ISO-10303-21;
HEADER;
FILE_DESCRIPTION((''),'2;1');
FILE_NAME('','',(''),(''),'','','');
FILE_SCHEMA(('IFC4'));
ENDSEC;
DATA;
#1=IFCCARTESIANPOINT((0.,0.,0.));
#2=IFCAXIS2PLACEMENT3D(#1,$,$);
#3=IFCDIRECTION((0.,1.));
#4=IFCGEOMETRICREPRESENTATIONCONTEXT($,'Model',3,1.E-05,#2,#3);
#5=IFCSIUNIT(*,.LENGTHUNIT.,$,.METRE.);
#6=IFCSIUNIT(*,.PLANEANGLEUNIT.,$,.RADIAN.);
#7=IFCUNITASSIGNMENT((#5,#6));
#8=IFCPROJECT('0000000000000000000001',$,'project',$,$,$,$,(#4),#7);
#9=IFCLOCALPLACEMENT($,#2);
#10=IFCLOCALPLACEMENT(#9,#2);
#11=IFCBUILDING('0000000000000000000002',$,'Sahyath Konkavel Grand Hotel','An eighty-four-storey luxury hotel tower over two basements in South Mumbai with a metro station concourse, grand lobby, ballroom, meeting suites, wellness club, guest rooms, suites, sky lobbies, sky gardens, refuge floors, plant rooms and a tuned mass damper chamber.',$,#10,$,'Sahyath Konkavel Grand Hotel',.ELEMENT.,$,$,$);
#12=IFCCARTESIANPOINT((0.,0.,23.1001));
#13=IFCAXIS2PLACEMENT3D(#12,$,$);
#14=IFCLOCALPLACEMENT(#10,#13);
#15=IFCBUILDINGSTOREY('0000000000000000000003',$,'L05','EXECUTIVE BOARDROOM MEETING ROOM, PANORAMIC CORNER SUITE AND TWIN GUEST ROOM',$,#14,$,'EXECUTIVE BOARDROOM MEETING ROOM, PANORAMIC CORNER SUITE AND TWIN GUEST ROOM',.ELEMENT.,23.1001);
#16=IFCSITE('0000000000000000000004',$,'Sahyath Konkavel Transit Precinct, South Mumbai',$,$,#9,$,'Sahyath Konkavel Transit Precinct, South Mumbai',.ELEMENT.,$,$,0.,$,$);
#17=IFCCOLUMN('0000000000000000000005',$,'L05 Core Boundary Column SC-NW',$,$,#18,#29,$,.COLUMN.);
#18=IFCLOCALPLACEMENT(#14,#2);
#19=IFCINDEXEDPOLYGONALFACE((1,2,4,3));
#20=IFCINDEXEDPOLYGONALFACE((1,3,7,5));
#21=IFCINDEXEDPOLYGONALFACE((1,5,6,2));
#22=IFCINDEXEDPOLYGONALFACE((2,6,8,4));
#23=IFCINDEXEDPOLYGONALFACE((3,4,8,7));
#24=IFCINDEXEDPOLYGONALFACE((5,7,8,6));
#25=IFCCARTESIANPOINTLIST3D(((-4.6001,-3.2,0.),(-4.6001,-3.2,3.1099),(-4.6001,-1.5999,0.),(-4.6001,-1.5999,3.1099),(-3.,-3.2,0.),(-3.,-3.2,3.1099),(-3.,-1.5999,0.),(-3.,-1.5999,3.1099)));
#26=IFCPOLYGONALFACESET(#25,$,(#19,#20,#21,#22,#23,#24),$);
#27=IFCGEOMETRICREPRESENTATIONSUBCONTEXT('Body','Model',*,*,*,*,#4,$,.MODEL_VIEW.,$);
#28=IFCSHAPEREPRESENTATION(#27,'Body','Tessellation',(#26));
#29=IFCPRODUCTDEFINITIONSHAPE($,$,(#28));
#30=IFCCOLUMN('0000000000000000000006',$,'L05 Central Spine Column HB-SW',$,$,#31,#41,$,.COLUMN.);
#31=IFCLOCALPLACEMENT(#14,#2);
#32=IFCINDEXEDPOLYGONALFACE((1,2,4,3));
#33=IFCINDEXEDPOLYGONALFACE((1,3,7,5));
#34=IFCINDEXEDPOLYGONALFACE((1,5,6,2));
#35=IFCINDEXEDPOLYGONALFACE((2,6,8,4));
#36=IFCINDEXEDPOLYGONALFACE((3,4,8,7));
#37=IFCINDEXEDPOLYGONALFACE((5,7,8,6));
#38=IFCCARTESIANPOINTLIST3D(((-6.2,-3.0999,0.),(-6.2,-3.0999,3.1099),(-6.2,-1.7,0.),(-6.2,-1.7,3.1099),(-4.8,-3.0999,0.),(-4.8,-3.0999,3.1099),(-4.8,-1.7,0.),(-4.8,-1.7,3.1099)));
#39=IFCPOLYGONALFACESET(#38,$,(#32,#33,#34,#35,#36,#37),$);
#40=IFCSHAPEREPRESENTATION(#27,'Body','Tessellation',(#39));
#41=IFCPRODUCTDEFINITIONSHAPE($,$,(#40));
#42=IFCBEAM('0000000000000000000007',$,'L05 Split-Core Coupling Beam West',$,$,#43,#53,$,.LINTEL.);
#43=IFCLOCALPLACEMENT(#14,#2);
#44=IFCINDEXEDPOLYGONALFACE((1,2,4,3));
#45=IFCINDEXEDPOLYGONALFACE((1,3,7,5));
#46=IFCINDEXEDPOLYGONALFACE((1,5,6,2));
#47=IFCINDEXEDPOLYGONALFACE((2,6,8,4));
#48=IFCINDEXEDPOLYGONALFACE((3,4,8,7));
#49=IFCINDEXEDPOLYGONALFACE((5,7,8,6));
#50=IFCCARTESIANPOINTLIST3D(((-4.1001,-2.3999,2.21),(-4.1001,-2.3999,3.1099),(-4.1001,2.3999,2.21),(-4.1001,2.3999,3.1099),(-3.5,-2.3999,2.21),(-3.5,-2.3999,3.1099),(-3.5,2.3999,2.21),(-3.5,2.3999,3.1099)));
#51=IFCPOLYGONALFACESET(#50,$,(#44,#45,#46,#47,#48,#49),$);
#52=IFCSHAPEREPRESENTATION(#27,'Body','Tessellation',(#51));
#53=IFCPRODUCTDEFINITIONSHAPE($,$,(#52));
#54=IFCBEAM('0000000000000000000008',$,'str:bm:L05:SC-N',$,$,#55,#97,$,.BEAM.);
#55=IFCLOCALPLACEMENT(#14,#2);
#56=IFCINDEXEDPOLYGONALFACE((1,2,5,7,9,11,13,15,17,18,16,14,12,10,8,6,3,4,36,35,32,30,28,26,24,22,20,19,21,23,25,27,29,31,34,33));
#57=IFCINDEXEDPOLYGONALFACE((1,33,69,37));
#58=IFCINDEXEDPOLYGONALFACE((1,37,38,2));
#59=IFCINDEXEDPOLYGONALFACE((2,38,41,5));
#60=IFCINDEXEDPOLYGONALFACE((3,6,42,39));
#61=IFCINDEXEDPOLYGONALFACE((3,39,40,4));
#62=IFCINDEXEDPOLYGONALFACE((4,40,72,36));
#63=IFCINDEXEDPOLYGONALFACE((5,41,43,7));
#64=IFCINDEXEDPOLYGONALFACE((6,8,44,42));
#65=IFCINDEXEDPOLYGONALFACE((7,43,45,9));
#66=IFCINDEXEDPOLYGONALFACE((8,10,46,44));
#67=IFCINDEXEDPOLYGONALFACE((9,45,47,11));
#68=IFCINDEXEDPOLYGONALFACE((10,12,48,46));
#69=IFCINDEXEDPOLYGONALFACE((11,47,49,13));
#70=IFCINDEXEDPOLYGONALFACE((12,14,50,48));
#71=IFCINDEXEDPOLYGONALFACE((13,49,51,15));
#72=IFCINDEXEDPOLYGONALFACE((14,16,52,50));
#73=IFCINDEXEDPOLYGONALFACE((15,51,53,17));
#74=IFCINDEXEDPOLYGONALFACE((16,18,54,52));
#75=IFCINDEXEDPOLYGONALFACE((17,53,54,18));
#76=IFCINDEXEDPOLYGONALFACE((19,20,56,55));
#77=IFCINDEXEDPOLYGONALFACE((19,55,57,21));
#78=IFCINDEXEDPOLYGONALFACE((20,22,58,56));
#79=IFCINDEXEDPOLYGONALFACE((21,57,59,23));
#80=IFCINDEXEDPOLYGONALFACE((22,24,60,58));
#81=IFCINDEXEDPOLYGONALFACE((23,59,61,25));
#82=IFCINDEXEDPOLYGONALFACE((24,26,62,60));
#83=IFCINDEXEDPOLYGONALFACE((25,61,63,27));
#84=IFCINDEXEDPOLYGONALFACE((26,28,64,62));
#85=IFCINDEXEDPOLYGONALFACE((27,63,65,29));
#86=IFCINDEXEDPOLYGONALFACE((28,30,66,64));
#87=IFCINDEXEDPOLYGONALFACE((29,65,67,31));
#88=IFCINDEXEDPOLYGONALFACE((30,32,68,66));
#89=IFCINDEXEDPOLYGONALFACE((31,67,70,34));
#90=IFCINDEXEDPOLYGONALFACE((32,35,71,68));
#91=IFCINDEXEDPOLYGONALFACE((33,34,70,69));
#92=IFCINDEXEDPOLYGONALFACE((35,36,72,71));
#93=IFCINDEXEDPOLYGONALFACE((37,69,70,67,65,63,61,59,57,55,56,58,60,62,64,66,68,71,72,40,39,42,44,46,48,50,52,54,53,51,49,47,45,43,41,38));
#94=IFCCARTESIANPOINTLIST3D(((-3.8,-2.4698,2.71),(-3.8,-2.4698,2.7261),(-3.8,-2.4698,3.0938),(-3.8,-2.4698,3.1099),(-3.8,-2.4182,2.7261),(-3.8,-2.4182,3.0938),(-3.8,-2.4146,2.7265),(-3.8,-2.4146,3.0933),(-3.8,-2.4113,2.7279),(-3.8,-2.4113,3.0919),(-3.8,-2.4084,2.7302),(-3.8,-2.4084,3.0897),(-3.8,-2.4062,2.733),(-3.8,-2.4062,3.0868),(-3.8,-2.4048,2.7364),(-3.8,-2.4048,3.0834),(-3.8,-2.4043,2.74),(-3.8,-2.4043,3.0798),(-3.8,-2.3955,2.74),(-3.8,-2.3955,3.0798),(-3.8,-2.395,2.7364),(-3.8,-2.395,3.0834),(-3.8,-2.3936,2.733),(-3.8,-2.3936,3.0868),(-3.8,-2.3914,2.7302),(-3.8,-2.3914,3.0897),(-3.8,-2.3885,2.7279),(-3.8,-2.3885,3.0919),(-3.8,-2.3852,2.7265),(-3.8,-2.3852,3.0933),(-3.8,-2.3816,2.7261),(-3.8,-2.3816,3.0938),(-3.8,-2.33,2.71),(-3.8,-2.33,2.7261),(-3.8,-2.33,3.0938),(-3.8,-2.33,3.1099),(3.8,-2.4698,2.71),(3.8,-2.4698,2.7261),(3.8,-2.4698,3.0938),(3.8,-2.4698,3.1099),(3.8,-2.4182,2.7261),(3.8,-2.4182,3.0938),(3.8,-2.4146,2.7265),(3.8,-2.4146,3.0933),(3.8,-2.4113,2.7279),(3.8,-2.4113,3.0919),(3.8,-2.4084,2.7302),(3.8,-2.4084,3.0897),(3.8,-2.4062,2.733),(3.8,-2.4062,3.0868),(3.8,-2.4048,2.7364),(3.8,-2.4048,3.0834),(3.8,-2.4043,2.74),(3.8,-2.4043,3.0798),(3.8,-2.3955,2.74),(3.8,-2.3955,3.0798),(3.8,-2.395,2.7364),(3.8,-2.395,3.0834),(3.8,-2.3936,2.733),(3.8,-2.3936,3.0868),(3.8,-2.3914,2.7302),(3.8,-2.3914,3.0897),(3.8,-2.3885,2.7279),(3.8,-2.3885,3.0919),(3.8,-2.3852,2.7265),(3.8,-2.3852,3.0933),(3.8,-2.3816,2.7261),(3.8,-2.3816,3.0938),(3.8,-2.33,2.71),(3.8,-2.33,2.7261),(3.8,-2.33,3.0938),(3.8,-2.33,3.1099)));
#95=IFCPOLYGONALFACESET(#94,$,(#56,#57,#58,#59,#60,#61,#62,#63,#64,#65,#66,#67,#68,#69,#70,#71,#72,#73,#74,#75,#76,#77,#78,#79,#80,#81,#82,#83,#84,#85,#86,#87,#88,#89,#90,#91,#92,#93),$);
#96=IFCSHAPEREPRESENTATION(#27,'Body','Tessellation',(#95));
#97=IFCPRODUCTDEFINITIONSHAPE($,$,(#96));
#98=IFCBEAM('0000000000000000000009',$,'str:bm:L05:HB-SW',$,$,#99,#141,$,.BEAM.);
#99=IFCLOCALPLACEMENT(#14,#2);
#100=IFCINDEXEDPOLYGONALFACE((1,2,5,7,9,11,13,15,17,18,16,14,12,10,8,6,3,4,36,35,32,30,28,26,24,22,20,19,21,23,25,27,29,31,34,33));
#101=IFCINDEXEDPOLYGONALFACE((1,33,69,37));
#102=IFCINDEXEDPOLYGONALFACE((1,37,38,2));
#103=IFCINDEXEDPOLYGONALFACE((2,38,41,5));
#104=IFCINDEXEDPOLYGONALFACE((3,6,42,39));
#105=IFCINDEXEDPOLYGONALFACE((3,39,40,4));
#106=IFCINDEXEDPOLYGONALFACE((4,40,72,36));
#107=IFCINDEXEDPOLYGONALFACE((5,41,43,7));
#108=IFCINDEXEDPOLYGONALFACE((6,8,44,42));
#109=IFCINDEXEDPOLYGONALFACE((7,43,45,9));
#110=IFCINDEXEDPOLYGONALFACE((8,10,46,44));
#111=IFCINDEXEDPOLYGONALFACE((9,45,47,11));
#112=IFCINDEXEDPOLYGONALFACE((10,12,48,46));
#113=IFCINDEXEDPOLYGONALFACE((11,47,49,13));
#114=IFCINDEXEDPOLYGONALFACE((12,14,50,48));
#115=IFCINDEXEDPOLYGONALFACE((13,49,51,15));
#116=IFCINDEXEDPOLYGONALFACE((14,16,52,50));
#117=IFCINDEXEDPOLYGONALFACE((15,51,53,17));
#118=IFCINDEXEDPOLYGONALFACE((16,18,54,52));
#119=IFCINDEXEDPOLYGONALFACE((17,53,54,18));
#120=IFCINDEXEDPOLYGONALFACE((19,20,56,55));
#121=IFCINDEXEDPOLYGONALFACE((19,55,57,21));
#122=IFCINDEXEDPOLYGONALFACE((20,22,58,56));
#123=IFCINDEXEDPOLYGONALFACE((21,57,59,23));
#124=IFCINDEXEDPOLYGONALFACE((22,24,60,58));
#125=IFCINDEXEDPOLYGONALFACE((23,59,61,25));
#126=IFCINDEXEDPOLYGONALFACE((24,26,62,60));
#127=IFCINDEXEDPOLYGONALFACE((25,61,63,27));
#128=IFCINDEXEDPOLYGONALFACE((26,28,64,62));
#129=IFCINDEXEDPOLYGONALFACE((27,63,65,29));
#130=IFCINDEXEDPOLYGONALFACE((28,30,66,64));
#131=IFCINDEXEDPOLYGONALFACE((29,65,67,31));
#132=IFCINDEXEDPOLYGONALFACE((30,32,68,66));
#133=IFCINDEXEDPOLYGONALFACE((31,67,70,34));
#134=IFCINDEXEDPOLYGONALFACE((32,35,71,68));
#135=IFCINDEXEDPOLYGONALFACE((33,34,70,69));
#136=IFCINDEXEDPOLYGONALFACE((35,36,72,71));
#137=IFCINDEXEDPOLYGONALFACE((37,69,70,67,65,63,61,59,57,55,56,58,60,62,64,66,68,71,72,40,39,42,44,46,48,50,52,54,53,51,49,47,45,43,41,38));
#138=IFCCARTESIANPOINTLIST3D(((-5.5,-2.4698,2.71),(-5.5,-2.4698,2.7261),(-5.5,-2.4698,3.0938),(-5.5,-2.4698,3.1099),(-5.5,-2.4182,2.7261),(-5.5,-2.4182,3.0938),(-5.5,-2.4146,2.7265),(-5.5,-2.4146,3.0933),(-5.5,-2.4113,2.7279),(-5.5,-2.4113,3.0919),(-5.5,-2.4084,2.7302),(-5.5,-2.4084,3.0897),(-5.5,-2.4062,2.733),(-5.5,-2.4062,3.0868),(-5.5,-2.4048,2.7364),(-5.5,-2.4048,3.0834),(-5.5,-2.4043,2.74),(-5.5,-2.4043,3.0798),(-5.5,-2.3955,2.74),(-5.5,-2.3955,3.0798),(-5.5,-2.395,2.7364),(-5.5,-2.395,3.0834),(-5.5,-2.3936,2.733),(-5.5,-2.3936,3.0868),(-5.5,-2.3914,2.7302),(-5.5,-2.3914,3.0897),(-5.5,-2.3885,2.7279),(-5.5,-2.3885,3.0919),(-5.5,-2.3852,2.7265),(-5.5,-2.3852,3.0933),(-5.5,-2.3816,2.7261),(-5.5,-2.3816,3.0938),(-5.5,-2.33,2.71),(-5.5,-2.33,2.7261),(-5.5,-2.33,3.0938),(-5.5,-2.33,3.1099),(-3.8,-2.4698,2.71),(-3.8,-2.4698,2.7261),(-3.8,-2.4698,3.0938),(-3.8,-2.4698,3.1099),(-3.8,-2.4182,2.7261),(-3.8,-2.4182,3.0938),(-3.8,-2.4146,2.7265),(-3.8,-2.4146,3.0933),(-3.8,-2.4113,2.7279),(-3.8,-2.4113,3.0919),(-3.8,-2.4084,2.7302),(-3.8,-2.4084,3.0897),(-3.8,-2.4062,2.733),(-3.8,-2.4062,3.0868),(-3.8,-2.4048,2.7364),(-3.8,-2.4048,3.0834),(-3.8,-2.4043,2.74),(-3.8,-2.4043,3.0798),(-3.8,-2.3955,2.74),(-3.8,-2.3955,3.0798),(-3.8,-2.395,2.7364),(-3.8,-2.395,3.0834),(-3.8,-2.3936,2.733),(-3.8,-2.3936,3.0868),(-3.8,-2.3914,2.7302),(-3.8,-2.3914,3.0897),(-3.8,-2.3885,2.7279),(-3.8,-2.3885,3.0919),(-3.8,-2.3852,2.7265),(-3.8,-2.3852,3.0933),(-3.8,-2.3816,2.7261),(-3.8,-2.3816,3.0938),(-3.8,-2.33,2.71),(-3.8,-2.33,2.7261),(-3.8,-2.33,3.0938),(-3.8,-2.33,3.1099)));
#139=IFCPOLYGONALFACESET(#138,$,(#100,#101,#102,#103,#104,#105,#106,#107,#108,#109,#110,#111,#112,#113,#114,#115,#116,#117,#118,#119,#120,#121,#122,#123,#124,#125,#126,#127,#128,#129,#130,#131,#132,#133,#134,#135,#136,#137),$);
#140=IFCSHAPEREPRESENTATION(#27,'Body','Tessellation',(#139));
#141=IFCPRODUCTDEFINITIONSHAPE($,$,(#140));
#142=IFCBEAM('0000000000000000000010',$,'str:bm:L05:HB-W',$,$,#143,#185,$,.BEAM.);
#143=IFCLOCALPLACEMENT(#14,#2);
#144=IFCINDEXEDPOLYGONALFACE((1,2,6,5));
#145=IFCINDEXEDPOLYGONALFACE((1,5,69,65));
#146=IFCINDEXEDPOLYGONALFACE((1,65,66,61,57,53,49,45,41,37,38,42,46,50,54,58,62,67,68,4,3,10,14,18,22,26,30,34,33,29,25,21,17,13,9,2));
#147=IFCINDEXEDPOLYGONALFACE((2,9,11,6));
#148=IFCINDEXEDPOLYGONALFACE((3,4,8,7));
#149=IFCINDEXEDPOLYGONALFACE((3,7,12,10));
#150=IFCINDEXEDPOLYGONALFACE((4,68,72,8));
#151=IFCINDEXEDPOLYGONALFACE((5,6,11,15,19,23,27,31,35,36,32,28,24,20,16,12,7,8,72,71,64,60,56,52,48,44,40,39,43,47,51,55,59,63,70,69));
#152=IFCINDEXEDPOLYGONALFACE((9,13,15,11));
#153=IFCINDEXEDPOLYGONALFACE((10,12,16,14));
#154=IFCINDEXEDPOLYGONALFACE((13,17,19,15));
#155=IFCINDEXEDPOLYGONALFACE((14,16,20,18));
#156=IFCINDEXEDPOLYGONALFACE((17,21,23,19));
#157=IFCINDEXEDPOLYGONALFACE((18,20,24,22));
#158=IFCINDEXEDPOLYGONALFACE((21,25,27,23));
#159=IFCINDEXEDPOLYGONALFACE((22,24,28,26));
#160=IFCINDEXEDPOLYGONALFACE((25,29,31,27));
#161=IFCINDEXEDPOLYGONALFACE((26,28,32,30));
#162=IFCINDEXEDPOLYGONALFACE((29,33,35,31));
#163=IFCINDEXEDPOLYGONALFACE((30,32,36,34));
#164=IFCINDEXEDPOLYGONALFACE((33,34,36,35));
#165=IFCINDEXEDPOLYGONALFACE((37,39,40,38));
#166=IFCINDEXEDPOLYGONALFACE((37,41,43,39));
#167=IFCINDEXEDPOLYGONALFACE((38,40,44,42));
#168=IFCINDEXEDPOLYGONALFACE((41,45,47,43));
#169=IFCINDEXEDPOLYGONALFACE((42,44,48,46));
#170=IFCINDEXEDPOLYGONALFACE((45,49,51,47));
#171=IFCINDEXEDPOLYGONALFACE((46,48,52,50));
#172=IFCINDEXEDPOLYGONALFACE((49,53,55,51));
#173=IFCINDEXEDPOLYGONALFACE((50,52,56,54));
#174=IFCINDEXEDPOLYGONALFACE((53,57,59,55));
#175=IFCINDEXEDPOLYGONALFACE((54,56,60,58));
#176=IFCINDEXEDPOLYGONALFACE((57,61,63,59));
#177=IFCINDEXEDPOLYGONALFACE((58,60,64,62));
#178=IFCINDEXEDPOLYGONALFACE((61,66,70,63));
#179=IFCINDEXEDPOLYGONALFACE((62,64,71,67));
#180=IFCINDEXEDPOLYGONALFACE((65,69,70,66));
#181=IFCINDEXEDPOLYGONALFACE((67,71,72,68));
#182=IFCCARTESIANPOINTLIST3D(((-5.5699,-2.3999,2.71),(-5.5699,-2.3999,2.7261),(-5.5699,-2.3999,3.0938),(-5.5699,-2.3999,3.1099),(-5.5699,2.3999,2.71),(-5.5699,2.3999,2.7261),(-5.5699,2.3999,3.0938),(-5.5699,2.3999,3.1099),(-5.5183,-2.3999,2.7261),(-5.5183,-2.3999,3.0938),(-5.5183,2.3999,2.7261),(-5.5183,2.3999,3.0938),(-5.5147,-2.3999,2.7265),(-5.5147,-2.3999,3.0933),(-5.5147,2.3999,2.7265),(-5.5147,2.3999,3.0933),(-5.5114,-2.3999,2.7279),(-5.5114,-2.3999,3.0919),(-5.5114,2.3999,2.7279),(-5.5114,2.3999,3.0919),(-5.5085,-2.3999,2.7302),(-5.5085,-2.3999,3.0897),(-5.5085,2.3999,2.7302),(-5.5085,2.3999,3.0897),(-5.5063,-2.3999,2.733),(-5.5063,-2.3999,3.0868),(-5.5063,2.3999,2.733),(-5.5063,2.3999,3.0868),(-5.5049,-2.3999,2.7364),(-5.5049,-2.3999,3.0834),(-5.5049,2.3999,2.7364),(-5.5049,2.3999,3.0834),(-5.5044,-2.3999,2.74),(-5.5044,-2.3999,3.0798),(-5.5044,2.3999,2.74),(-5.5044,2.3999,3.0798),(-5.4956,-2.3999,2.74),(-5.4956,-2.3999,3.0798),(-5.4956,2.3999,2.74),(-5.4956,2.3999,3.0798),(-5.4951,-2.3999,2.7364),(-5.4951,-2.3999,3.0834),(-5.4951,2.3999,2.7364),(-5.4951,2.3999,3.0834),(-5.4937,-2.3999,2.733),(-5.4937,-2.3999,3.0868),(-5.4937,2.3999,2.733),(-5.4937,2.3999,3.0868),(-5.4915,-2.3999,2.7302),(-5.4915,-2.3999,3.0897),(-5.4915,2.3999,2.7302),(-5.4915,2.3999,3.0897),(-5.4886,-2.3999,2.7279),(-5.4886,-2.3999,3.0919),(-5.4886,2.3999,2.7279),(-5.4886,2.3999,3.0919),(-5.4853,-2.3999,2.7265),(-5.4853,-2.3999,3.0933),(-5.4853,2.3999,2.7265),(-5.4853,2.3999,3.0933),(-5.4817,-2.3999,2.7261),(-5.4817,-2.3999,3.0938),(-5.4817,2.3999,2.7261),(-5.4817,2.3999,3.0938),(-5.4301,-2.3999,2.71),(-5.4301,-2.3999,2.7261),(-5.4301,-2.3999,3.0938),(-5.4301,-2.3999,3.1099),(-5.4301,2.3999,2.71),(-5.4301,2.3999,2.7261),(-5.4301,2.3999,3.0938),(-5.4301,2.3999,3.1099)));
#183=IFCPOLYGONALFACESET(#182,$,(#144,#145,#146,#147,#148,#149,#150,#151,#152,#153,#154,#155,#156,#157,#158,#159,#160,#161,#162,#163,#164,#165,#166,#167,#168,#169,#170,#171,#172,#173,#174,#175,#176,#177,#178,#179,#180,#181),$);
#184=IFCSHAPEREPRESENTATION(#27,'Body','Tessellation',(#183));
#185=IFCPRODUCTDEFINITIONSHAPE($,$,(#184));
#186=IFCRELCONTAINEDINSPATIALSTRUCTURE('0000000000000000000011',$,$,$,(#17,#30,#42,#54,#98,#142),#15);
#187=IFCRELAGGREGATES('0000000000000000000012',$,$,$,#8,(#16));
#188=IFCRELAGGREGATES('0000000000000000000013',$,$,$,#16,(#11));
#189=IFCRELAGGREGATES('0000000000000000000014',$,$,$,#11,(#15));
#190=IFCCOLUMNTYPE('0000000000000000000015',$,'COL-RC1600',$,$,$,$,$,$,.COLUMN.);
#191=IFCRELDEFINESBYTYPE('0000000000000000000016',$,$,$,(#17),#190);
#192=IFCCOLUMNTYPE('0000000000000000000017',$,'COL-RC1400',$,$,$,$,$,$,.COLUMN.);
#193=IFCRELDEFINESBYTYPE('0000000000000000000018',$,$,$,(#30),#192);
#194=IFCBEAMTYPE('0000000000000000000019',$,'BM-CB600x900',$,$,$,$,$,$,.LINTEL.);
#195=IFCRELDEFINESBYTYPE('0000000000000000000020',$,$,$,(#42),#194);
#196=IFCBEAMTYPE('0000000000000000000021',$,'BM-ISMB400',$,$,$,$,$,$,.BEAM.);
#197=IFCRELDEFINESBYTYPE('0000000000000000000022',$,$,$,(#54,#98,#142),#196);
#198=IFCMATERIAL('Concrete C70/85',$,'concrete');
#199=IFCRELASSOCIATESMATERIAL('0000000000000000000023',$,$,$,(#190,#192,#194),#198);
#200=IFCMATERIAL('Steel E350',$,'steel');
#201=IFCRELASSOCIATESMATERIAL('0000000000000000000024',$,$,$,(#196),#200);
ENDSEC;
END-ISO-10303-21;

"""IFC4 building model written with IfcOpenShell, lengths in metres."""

from ifc_helpers import new_model, si_unit, direction, frame, origin, origin_2d, place, context, subcontext, project, spatial, rectangle, i_section, extrude, source, transform, mapped, material, material_profile, profile_set, type_object, element, save


model = new_model("IFC4")

# Units and contexts
model_context = context("Model", 3, precision=1e-05, world=origin(), true_north=direction((0.0, 1.0)))
body_context = subcontext(model_context, "Body", "Model", "MODEL_VIEW")
ifc_project = project(units=[si_unit("LENGTHUNIT", "METRE"), si_unit("PLANEANGLEUNIT", "RADIAN")], contexts=[model_context])

# Site, building, storey
site_placement = place(None, origin())
site = spatial("IfcSite", under=ifc_project, at=site_placement, Name="Sahyath Konkavel Transit Precinct, South Mumbai", LongName="Sahyath Konkavel Transit Precinct, South Mumbai", CompositionType="ELEMENT", RefElevation=0.0)
building_placement = place(site_placement, origin())
building = spatial("IfcBuilding", under=site, at=building_placement, Name="Sahyath Konkavel Grand Hotel", Description="An eighty-four-storey luxury hotel tower over two basements in South Mumbai with a metro station concourse, grand lobby, ballroom, meeting suites, wellness club, guest rooms, suites, sky lobbies, sky gardens, refuge floors, plant rooms and a tuned mass damper chamber.", LongName="Sahyath Konkavel Grand Hotel", CompositionType="ELEMENT")
storey_placement = place(building_placement, frame((0.0, 0.0, 23.1001)))
storey = spatial("IfcBuildingStorey", under=building, at=storey_placement, Name="L05", Description="EXECUTIVE BOARDROOM MEETING ROOM, PANORAMIC CORNER SUITE AND TWIN GUEST ROOM", LongName="EXECUTIVE BOARDROOM MEETING ROOM, PANORAMIC CORNER SUITE AND TWIN GUEST ROOM", CompositionType="ELEMENT", Elevation=23.1001)

# Columns
ifc_material_1 = material(Name="Concrete C70/85", Category="concrete")
ifc_material_profile_1 = material_profile(ifc_material_1, rectangle(XDim=1.6001, YDim=1.6001, at=origin_2d()), Name="RC 1600x1600")
ifc_profile_set_1 = profile_set([ifc_material_profile_1], Name="Concrete C70/85")
column_type_1 = type_object("IfcColumnType", Name="COL-RC1600", PredefinedType="COLUMN", material=ifc_profile_set_1)
shared_shape_1 = source(origin(), body_context, "Body", "SweptSolid", [
    extrude(rectangle(XDim=1.6001, YDim=1.6001, at=origin_2d()), origin(), (0.0, 0.0, 1.0), 3.1099),
])
column_1_placement = place(storey_placement, frame((-3.8, -2.3999, 0.0), z_axis=(0.0, 0.0, 1.0), x_axis=(1.0, 0.0, 0.0)))
element("IfcColumn", 1, at=column_1_placement, inside=storey, type_object=column_type_1, Name="L05 Core Boundary Column SC-NW", PredefinedType="COLUMN", context=body_context, shape_type="MappedRepresentation", body=[
    mapped(shared_shape_1, transform((0.0, 0.0, 0.0), scale=1.0)),
])
ifc_material_profile_2 = material_profile(ifc_material_1, rectangle(XDim=1.3999, YDim=1.3999, at=origin_2d()), Name="RC 1400x1400")
ifc_profile_set_2 = profile_set([ifc_material_profile_2], Name="Concrete C70/85")
column_type_2 = type_object("IfcColumnType", Name="COL-RC1400", PredefinedType="COLUMN", material=ifc_profile_set_2)
shared_shape_2 = source(origin(), body_context, "Body", "SweptSolid", [
    extrude(rectangle(XDim=1.3999, YDim=1.3999, at=origin_2d()), origin(), (0.0, 0.0, 1.0), 3.1099),
])
column_2_placement = place(storey_placement, frame((-5.5, -2.3999, 0.0), z_axis=(0.0, 0.0, 1.0), x_axis=(1.0, 0.0, 0.0)))
element("IfcColumn", 2, at=column_2_placement, inside=storey, type_object=column_type_2, Name="L05 Central Spine Column HB-SW", PredefinedType="COLUMN", context=body_context, shape_type="MappedRepresentation", body=[
    mapped(shared_shape_2, transform((0.0, 0.0, 0.0), scale=1.0)),
])

# Beams
ifc_material_profile_3 = material_profile(ifc_material_1, rectangle(XDim=0.6001, YDim=0.8999, at=origin_2d()), Name="RC 600x900")
ifc_profile_set_3 = profile_set([ifc_material_profile_3], Name="Concrete C70/85")
beam_type_1 = type_object("IfcBeamType", Name="BM-CB600x900", PredefinedType="LINTEL", material=ifc_profile_set_3)
shared_shape_3 = source(origin(), body_context, "Body", "SweptSolid", [
    extrude(rectangle(XDim=0.6001, YDim=0.8999, at=origin_2d()), origin(), (0.0, 0.0, 1.0), 4.7998),
])
beam_1_placement = place(storey_placement, frame((-3.8, -2.3999, 2.6599), z_axis=(0.0, 1.0, 0.0), x_axis=(-1.0, 0.0, 0.0)))
element("IfcBeam", 3, at=beam_1_placement, inside=storey, type_object=beam_type_1, Name="L05 Split-Core Coupling Beam West", PredefinedType="LINTEL", context=body_context, shape_type="MappedRepresentation", body=[
    mapped(shared_shape_3, transform((0.0, 0.0, 0.0), scale=1.0)),
])
ifc_material_2 = material(Name="Steel E350", Category="steel")
ifc_material_profile_4 = material_profile(ifc_material_2, i_section(OverallWidth=0.1399, OverallDepth=0.3999, WebThickness=0.0088, FlangeThickness=0.0161, FilletRadius=0.0139, at=origin_2d()), Name="ISMB 400")
ifc_profile_set_4 = profile_set([ifc_material_profile_4], Name="Steel E350")
beam_type_2 = type_object("IfcBeamType", Name="BM-ISMB400", PredefinedType="BEAM", material=ifc_profile_set_4)
shared_shape_4 = source(origin(), body_context, "Body", "SweptSolid", [
    extrude(i_section(OverallWidth=0.1399, OverallDepth=0.3999, WebThickness=0.0088, FlangeThickness=0.0161, FilletRadius=0.0139, at=origin_2d()), origin(), (0.0, 0.0, 1.0), 7.6001),
])
beam_2_placement = place(storey_placement, frame((-3.8, -2.3999, 2.9099), z_axis=(1.0, 0.0, 0.0), x_axis=(0.0, 1.0, 0.0)))
element("IfcBeam", 4, at=beam_2_placement, inside=storey, type_object=beam_type_2, Name="str:bm:L05:SC-N", PredefinedType="BEAM", context=body_context, shape_type="MappedRepresentation", body=[
    mapped(shared_shape_4, transform((0.0, 0.0, 0.0), scale=1.0)),
])
shared_shape_5 = source(origin(), body_context, "Body", "SweptSolid", [
    extrude(i_section(OverallWidth=0.1399, OverallDepth=0.3999, WebThickness=0.0088, FlangeThickness=0.0161, FilletRadius=0.0139, at=origin_2d()), origin(), (0.0, 0.0, 1.0), 1.7),
])
beam_3_placement = place(storey_placement, frame((-5.5, -2.3999, 2.9099), z_axis=(1.0, 0.0, 0.0), x_axis=(0.0, 1.0, 0.0)))
element("IfcBeam", 5, at=beam_3_placement, inside=storey, type_object=beam_type_2, Name="str:bm:L05:HB-SW", PredefinedType="BEAM", context=body_context, shape_type="MappedRepresentation", body=[
    mapped(shared_shape_5, transform((0.0, 0.0, 0.0), scale=1.0)),
])
shared_shape_6 = source(origin(), body_context, "Body", "SweptSolid", [
    extrude(i_section(OverallWidth=0.1399, OverallDepth=0.3999, WebThickness=0.0088, FlangeThickness=0.0161, FilletRadius=0.0139, at=origin_2d()), origin(), (0.0, 0.0, 1.0), 4.7998),
])
beam_4_placement = place(storey_placement, frame((-5.5, -2.3999, 2.9099), z_axis=(0.0, 1.0, 0.0), x_axis=(-1.0, 0.0, 0.0)))
element("IfcBeam", 6, at=beam_4_placement, inside=storey, type_object=beam_type_2, Name="str:bm:L05:HB-W", PredefinedType="BEAM", context=body_context, shape_type="MappedRepresentation", body=[
    mapped(shared_shape_6, transform((0.0, 0.0, 0.0), scale=1.0)),
])

save(model, "model.ifc")
